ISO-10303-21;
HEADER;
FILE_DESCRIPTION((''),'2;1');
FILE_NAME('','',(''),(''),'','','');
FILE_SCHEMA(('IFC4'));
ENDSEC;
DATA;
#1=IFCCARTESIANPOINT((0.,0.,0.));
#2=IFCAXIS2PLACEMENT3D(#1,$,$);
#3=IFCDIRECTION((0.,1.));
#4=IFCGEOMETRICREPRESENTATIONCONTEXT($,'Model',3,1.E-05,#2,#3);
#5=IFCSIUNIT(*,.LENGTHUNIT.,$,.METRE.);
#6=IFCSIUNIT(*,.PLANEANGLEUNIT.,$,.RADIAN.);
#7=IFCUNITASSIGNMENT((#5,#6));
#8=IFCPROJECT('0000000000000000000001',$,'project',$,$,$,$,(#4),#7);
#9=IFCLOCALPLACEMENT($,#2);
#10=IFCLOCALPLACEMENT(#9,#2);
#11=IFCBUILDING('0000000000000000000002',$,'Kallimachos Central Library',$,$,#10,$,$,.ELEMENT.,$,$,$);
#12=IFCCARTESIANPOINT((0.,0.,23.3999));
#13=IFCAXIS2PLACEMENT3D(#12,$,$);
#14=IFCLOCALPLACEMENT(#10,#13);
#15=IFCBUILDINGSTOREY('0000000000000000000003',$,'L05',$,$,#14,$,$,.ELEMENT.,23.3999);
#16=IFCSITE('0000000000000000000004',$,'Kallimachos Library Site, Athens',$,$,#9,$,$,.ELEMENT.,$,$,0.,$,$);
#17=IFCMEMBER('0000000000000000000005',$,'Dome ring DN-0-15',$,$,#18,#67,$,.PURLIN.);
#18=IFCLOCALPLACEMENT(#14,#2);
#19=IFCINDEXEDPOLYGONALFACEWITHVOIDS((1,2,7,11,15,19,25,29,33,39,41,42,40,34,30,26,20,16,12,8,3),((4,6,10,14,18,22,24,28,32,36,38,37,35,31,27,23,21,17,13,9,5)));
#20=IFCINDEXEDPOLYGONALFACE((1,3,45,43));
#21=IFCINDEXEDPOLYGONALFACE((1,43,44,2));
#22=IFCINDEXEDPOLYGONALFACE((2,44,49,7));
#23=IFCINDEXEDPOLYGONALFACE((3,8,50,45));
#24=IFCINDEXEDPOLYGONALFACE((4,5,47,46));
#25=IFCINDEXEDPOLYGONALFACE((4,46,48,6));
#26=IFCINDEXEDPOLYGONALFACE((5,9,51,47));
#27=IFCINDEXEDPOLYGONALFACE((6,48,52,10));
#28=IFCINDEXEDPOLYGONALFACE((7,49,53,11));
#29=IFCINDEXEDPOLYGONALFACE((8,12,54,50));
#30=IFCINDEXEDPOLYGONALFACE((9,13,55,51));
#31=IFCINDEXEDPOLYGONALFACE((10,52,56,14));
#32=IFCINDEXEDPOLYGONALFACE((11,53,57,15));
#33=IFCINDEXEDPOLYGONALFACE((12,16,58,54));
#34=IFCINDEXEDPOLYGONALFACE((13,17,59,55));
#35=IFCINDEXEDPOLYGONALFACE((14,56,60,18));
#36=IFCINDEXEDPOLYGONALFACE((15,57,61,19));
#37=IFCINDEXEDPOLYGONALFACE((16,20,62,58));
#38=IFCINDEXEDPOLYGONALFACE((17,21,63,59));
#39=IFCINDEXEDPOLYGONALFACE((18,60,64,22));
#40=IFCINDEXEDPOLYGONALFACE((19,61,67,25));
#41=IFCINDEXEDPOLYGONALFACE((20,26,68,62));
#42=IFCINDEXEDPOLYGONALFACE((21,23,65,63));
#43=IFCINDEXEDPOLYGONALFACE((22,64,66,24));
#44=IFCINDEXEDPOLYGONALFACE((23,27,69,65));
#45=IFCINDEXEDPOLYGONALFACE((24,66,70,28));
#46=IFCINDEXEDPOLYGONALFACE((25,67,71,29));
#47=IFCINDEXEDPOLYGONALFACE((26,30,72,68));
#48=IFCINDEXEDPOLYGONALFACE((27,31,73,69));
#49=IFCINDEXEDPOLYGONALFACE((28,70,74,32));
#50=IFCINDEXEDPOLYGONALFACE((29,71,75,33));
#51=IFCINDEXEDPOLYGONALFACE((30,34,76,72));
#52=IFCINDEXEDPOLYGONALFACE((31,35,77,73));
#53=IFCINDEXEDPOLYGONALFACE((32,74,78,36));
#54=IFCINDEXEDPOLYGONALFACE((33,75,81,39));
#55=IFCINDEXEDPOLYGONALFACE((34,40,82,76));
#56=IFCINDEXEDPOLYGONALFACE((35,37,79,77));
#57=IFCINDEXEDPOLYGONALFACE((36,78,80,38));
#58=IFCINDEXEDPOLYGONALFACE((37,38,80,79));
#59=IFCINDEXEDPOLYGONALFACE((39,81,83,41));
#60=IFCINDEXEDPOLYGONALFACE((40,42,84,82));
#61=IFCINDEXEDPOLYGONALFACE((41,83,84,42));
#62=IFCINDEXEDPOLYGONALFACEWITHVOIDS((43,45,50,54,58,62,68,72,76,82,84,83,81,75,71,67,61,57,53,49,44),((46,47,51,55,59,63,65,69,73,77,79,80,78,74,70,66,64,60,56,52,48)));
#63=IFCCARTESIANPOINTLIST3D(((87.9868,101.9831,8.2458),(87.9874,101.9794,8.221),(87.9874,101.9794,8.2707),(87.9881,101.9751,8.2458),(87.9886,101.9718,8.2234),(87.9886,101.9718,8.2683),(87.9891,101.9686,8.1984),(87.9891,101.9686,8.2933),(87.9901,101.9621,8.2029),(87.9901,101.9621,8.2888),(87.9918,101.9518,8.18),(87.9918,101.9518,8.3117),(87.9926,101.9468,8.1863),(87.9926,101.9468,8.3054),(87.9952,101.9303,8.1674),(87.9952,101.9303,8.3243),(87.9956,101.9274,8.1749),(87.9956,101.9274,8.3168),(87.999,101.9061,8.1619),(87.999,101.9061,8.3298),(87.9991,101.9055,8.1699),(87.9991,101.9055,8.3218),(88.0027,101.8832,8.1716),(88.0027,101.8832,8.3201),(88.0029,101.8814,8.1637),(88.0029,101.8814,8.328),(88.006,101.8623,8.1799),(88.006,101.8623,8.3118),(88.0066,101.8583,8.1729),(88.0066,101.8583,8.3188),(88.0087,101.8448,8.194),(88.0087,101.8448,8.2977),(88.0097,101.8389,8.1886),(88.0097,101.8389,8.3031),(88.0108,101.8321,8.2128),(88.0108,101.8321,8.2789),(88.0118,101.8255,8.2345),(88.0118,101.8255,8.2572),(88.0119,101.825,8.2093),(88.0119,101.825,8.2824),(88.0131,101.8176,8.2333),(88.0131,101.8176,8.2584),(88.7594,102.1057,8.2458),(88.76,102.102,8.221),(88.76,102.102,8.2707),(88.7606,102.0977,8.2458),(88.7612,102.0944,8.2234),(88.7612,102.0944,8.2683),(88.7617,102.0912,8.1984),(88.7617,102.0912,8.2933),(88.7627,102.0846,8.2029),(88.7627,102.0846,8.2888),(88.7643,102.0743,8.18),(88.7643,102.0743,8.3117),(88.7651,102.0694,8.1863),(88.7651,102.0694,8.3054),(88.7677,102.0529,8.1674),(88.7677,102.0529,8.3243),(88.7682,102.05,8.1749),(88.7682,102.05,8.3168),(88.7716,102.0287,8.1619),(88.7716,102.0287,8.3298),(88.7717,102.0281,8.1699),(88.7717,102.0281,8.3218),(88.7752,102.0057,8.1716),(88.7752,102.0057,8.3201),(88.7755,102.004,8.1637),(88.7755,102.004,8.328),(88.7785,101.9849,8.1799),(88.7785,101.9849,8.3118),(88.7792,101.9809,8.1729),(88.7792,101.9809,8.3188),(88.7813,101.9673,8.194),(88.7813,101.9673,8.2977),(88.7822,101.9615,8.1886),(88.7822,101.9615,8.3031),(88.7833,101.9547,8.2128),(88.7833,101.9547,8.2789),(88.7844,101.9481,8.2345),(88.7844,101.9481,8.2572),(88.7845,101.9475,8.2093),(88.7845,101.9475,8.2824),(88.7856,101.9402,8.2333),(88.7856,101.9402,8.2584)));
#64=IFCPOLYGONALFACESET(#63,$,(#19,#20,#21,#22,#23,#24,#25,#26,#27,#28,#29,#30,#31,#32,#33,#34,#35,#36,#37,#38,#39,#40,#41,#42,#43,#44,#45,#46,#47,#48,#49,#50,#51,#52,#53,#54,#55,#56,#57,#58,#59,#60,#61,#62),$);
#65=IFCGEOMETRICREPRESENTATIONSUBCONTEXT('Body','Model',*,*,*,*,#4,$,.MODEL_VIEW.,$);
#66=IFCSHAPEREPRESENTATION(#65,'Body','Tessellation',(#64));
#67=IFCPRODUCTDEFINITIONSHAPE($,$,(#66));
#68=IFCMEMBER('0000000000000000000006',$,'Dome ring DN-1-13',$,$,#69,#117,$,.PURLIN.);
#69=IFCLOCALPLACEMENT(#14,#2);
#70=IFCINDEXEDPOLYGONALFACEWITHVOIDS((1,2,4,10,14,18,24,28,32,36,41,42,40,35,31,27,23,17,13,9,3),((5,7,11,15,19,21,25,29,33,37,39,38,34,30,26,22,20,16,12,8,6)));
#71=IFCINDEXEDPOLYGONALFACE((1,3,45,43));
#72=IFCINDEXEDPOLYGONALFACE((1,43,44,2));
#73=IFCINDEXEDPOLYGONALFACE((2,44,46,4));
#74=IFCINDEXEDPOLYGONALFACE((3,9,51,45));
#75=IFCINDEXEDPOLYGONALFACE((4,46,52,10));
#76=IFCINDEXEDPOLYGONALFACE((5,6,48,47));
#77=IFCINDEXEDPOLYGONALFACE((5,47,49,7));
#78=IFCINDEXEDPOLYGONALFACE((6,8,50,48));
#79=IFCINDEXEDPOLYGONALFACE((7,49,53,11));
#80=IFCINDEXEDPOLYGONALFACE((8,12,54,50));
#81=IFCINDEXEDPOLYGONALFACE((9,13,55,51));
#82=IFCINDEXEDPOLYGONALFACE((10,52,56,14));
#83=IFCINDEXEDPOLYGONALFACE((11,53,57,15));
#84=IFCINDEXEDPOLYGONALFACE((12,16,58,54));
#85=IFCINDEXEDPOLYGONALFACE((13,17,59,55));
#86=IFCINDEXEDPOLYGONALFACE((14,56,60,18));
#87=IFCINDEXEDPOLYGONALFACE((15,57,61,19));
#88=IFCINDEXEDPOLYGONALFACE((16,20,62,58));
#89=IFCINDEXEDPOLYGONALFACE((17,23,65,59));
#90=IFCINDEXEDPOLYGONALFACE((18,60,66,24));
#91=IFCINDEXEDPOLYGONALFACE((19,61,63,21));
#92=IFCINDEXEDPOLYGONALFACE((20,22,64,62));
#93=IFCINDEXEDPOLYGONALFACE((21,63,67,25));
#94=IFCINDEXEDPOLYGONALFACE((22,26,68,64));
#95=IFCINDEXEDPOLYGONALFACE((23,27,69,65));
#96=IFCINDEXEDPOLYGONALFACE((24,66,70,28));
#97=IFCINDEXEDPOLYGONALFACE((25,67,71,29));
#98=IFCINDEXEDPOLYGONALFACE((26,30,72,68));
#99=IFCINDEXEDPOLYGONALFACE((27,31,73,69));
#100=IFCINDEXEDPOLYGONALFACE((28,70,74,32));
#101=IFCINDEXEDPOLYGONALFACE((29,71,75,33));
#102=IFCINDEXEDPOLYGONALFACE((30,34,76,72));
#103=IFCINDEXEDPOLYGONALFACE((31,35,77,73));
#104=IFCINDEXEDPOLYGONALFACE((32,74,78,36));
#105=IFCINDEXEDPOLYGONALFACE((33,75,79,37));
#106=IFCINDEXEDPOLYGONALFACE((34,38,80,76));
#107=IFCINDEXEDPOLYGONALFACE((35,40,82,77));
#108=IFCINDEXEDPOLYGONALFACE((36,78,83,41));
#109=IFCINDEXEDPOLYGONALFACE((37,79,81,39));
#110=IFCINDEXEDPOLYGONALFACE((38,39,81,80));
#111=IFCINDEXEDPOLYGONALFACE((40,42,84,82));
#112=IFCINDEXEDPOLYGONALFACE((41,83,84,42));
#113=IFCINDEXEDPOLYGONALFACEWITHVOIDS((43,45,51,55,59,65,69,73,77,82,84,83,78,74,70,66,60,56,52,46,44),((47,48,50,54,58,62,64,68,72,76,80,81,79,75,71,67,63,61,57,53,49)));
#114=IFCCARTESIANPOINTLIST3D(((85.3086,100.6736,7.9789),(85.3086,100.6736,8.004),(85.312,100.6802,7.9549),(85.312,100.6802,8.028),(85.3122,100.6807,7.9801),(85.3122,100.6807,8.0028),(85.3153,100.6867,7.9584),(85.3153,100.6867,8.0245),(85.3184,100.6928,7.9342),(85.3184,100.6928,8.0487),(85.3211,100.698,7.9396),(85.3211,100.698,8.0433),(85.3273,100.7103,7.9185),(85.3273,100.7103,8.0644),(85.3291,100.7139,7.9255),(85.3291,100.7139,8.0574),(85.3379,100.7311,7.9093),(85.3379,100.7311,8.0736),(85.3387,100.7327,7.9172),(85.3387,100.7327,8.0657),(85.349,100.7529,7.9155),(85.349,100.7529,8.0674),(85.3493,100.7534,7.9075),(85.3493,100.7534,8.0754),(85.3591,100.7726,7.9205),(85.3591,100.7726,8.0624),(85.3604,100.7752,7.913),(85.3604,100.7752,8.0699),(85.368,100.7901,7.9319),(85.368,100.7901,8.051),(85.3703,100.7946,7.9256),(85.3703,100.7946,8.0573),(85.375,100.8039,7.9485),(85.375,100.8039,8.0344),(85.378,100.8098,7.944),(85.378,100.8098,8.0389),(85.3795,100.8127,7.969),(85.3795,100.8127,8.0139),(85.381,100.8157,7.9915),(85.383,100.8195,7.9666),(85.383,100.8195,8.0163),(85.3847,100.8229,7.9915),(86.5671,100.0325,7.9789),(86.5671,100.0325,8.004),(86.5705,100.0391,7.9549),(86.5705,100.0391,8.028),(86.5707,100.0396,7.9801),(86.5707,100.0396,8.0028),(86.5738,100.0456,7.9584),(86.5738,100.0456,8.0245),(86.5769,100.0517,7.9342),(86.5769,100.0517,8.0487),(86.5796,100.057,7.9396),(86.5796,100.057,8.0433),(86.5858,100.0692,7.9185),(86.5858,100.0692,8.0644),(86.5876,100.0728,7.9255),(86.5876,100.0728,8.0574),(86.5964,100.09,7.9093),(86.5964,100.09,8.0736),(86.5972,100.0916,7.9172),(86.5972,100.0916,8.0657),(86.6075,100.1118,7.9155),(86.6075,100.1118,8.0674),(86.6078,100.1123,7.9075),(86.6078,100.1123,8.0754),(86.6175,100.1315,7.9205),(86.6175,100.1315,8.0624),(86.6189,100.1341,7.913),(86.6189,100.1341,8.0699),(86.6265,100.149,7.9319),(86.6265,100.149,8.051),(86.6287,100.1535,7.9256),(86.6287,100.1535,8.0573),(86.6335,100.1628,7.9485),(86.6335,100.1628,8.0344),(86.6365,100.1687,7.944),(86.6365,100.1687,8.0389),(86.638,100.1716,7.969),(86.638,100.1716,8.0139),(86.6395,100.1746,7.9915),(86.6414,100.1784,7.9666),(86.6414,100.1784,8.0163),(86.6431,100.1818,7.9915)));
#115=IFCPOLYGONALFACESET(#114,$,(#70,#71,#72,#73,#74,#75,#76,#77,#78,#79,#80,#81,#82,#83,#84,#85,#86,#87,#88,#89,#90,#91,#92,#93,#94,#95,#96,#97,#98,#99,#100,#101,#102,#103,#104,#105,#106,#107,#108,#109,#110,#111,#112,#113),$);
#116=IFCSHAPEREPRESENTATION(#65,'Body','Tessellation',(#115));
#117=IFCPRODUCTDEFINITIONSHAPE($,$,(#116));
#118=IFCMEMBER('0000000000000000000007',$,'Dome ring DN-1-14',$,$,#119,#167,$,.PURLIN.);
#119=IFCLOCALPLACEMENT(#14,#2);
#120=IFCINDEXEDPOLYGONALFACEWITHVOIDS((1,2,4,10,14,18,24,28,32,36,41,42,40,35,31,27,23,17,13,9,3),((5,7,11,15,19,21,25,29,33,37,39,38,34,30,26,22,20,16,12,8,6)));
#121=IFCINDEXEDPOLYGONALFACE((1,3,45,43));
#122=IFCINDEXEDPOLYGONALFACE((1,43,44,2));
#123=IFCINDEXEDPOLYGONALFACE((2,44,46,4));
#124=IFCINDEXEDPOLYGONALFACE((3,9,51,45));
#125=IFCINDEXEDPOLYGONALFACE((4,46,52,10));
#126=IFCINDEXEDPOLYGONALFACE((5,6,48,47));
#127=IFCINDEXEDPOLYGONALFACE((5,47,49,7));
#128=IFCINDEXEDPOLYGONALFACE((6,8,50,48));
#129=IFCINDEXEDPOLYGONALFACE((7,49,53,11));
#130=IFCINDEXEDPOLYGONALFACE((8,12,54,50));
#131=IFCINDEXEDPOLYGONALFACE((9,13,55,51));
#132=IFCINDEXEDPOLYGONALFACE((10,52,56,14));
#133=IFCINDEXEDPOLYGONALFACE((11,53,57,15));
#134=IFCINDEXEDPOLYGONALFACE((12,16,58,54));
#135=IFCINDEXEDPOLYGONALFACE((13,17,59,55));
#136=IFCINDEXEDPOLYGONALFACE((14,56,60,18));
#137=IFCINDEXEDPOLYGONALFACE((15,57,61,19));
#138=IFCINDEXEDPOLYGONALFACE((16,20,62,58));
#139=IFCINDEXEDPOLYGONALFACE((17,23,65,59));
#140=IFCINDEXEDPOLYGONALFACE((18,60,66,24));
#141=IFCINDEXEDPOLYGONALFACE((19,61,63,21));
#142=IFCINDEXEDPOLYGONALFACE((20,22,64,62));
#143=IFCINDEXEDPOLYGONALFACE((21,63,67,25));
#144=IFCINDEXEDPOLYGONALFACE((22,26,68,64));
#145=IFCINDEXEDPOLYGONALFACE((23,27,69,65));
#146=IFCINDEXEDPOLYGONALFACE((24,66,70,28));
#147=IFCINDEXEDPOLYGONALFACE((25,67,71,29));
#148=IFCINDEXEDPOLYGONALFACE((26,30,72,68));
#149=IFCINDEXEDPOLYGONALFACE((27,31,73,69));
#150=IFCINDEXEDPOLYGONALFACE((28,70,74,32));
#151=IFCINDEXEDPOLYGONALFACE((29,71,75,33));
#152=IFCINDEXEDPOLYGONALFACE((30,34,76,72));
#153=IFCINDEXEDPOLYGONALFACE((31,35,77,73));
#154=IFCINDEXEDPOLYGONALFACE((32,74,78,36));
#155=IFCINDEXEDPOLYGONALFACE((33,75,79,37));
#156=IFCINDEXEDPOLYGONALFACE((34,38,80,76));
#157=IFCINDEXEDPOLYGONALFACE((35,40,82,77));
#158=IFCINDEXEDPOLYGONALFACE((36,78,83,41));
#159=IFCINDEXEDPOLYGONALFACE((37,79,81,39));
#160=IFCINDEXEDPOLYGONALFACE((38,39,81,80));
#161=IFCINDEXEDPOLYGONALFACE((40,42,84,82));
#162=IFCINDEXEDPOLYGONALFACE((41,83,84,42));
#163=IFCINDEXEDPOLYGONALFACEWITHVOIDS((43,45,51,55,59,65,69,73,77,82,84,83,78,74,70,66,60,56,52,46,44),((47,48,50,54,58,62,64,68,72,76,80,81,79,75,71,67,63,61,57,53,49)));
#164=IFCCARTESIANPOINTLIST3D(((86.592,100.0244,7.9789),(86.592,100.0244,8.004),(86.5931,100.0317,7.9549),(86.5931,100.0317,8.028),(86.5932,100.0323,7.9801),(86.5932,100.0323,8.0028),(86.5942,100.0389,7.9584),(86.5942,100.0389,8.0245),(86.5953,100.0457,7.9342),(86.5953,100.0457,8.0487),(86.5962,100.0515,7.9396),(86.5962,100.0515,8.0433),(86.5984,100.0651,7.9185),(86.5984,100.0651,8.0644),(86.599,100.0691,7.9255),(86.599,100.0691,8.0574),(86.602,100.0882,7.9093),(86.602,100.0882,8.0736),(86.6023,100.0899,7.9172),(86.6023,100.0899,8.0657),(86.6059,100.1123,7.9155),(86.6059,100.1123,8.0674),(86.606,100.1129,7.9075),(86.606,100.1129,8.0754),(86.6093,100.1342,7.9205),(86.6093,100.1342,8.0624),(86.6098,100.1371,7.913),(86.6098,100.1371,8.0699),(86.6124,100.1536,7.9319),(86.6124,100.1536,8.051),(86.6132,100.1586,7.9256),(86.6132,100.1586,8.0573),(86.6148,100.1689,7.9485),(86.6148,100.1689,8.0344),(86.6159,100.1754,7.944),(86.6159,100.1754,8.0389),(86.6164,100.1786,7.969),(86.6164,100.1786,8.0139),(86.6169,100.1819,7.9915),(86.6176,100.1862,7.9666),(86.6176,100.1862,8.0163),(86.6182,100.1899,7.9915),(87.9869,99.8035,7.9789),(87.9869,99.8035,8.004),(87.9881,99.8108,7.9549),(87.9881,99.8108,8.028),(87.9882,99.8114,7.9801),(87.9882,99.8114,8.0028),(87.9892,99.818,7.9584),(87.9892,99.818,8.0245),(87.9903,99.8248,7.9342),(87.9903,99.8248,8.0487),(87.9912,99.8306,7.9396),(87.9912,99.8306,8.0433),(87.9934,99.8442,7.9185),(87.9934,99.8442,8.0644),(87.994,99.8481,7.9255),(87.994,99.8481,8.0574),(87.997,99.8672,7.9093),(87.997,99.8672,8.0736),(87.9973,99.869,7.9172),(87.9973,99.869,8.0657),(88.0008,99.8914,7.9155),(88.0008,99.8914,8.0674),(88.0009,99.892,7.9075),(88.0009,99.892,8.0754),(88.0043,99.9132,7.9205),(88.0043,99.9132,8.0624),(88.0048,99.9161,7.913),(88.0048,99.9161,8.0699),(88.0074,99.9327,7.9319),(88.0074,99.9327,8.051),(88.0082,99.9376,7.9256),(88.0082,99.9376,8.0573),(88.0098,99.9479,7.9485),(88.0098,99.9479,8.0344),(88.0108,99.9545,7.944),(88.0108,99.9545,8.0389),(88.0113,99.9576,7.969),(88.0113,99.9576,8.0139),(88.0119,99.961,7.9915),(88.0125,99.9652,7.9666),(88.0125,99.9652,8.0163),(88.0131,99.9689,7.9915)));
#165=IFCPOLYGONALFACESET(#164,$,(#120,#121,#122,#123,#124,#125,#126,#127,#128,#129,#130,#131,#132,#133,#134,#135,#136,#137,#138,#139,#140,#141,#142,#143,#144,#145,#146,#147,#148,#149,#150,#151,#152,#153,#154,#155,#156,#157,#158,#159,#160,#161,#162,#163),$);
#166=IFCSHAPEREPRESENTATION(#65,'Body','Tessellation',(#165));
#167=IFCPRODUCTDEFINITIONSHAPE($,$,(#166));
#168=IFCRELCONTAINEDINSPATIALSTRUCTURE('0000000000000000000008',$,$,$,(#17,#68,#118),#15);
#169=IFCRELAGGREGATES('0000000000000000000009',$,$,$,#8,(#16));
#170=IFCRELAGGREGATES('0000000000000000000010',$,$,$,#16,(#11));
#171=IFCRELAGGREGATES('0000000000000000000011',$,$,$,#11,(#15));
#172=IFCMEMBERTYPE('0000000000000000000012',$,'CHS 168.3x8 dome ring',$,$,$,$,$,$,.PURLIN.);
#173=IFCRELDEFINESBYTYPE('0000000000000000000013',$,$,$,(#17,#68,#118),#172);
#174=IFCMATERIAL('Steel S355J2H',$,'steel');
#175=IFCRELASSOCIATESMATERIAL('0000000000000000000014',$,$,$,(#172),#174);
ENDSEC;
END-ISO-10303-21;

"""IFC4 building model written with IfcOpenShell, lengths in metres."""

from ifc_helpers import new_model, si_unit, direction, frame, origin, origin_2d, place, context, subcontext, project, spatial, hollow_circle, extrude, material, material_profile, profile_set, type_object, element, save


model = new_model("IFC4")

# Units and contexts
model_context = context("Model", 3, precision=1e-05, world=origin(), true_north=direction((0.0, 1.0)))
body_context = subcontext(model_context, "Body", "Model", "MODEL_VIEW")
ifc_project = project(units=[si_unit("LENGTHUNIT", "METRE"), si_unit("PLANEANGLEUNIT", "RADIAN")], contexts=[model_context])

# Site, building, storey
site_placement = place(None, origin())
site = spatial("IfcSite", under=ifc_project, at=site_placement, Name="Kallimachos Library Site, Athens", CompositionType="ELEMENT", RefElevation=0.0)
building_placement = place(site_placement, origin())
building = spatial("IfcBuilding", under=site, at=building_placement, Name="Kallimachos Central Library", CompositionType="ELEMENT")
storey_placement = place(building_placement, frame((0.0, 0.0, 23.3999)))
storey = spatial("IfcBuildingStorey", under=building, at=storey_placement, Name="L05", CompositionType="ELEMENT", Elevation=23.3999)

# Members
ifc_material_1 = material(Name="Steel S355J2H", Category="steel")
ifc_material_profile_1 = material_profile(ifc_material_1, hollow_circle(Radius=0.0842, WallThickness=0.0081, at=origin_2d()), Name="CHS 168.3x8")
ifc_profile_set_1 = profile_set([ifc_material_profile_1], Name="Steel S355J2H")
member_type_1 = type_object("IfcMemberType", Name="CHS 168.3x8 dome ring", PredefinedType="PURLIN", material=ifc_profile_set_1)
for number, where, z_axis, x_axis, name in (
    (1, (88.0, 101.8999, 8.2458), (0.987646, 0.1567, 0.0), (-0.1567, 0.987646, 0.0), "Dome ring DN-0-15"),
):
    element("IfcMember", number, at=place(storey_placement, frame(where, z_axis=z_axis, x_axis=x_axis)), inside=storey, type_object=member_type_1, Name=name, PredefinedType="PURLIN", context=body_context, shape_type="SweptSolid", body=[
        extrude(hollow_circle(Radius=0.0842, WallThickness=0.0081, at=origin_2d()), origin(), (0.0, 0.0, 1.0), 0.7822),
    ])
for number, where, z_axis, x_axis, name in (
    (2, (85.3464, 100.7478, 7.9915), (0.891049, -0.453908, 0.0), (0.453908, 0.891049, 0.0), "Dome ring DN-1-13"),
    (3, (86.605, 100.1067, 7.9915), (0.987689, -0.156433, 0.0), (0.156433, 0.987689, 0.0), "Dome ring DN-1-14"),
):
    element("IfcMember", number, at=place(storey_placement, frame(where, z_axis=z_axis, x_axis=x_axis)), inside=storey, type_object=member_type_1, Name=name, PredefinedType="PURLIN", context=body_context, shape_type="SweptSolid", body=[
        extrude(hollow_circle(Radius=0.0842, WallThickness=0.0081, at=origin_2d()), origin(), (0.0, 0.0, 1.0), 1.4124),
    ])

save(model, "model.ifc")
